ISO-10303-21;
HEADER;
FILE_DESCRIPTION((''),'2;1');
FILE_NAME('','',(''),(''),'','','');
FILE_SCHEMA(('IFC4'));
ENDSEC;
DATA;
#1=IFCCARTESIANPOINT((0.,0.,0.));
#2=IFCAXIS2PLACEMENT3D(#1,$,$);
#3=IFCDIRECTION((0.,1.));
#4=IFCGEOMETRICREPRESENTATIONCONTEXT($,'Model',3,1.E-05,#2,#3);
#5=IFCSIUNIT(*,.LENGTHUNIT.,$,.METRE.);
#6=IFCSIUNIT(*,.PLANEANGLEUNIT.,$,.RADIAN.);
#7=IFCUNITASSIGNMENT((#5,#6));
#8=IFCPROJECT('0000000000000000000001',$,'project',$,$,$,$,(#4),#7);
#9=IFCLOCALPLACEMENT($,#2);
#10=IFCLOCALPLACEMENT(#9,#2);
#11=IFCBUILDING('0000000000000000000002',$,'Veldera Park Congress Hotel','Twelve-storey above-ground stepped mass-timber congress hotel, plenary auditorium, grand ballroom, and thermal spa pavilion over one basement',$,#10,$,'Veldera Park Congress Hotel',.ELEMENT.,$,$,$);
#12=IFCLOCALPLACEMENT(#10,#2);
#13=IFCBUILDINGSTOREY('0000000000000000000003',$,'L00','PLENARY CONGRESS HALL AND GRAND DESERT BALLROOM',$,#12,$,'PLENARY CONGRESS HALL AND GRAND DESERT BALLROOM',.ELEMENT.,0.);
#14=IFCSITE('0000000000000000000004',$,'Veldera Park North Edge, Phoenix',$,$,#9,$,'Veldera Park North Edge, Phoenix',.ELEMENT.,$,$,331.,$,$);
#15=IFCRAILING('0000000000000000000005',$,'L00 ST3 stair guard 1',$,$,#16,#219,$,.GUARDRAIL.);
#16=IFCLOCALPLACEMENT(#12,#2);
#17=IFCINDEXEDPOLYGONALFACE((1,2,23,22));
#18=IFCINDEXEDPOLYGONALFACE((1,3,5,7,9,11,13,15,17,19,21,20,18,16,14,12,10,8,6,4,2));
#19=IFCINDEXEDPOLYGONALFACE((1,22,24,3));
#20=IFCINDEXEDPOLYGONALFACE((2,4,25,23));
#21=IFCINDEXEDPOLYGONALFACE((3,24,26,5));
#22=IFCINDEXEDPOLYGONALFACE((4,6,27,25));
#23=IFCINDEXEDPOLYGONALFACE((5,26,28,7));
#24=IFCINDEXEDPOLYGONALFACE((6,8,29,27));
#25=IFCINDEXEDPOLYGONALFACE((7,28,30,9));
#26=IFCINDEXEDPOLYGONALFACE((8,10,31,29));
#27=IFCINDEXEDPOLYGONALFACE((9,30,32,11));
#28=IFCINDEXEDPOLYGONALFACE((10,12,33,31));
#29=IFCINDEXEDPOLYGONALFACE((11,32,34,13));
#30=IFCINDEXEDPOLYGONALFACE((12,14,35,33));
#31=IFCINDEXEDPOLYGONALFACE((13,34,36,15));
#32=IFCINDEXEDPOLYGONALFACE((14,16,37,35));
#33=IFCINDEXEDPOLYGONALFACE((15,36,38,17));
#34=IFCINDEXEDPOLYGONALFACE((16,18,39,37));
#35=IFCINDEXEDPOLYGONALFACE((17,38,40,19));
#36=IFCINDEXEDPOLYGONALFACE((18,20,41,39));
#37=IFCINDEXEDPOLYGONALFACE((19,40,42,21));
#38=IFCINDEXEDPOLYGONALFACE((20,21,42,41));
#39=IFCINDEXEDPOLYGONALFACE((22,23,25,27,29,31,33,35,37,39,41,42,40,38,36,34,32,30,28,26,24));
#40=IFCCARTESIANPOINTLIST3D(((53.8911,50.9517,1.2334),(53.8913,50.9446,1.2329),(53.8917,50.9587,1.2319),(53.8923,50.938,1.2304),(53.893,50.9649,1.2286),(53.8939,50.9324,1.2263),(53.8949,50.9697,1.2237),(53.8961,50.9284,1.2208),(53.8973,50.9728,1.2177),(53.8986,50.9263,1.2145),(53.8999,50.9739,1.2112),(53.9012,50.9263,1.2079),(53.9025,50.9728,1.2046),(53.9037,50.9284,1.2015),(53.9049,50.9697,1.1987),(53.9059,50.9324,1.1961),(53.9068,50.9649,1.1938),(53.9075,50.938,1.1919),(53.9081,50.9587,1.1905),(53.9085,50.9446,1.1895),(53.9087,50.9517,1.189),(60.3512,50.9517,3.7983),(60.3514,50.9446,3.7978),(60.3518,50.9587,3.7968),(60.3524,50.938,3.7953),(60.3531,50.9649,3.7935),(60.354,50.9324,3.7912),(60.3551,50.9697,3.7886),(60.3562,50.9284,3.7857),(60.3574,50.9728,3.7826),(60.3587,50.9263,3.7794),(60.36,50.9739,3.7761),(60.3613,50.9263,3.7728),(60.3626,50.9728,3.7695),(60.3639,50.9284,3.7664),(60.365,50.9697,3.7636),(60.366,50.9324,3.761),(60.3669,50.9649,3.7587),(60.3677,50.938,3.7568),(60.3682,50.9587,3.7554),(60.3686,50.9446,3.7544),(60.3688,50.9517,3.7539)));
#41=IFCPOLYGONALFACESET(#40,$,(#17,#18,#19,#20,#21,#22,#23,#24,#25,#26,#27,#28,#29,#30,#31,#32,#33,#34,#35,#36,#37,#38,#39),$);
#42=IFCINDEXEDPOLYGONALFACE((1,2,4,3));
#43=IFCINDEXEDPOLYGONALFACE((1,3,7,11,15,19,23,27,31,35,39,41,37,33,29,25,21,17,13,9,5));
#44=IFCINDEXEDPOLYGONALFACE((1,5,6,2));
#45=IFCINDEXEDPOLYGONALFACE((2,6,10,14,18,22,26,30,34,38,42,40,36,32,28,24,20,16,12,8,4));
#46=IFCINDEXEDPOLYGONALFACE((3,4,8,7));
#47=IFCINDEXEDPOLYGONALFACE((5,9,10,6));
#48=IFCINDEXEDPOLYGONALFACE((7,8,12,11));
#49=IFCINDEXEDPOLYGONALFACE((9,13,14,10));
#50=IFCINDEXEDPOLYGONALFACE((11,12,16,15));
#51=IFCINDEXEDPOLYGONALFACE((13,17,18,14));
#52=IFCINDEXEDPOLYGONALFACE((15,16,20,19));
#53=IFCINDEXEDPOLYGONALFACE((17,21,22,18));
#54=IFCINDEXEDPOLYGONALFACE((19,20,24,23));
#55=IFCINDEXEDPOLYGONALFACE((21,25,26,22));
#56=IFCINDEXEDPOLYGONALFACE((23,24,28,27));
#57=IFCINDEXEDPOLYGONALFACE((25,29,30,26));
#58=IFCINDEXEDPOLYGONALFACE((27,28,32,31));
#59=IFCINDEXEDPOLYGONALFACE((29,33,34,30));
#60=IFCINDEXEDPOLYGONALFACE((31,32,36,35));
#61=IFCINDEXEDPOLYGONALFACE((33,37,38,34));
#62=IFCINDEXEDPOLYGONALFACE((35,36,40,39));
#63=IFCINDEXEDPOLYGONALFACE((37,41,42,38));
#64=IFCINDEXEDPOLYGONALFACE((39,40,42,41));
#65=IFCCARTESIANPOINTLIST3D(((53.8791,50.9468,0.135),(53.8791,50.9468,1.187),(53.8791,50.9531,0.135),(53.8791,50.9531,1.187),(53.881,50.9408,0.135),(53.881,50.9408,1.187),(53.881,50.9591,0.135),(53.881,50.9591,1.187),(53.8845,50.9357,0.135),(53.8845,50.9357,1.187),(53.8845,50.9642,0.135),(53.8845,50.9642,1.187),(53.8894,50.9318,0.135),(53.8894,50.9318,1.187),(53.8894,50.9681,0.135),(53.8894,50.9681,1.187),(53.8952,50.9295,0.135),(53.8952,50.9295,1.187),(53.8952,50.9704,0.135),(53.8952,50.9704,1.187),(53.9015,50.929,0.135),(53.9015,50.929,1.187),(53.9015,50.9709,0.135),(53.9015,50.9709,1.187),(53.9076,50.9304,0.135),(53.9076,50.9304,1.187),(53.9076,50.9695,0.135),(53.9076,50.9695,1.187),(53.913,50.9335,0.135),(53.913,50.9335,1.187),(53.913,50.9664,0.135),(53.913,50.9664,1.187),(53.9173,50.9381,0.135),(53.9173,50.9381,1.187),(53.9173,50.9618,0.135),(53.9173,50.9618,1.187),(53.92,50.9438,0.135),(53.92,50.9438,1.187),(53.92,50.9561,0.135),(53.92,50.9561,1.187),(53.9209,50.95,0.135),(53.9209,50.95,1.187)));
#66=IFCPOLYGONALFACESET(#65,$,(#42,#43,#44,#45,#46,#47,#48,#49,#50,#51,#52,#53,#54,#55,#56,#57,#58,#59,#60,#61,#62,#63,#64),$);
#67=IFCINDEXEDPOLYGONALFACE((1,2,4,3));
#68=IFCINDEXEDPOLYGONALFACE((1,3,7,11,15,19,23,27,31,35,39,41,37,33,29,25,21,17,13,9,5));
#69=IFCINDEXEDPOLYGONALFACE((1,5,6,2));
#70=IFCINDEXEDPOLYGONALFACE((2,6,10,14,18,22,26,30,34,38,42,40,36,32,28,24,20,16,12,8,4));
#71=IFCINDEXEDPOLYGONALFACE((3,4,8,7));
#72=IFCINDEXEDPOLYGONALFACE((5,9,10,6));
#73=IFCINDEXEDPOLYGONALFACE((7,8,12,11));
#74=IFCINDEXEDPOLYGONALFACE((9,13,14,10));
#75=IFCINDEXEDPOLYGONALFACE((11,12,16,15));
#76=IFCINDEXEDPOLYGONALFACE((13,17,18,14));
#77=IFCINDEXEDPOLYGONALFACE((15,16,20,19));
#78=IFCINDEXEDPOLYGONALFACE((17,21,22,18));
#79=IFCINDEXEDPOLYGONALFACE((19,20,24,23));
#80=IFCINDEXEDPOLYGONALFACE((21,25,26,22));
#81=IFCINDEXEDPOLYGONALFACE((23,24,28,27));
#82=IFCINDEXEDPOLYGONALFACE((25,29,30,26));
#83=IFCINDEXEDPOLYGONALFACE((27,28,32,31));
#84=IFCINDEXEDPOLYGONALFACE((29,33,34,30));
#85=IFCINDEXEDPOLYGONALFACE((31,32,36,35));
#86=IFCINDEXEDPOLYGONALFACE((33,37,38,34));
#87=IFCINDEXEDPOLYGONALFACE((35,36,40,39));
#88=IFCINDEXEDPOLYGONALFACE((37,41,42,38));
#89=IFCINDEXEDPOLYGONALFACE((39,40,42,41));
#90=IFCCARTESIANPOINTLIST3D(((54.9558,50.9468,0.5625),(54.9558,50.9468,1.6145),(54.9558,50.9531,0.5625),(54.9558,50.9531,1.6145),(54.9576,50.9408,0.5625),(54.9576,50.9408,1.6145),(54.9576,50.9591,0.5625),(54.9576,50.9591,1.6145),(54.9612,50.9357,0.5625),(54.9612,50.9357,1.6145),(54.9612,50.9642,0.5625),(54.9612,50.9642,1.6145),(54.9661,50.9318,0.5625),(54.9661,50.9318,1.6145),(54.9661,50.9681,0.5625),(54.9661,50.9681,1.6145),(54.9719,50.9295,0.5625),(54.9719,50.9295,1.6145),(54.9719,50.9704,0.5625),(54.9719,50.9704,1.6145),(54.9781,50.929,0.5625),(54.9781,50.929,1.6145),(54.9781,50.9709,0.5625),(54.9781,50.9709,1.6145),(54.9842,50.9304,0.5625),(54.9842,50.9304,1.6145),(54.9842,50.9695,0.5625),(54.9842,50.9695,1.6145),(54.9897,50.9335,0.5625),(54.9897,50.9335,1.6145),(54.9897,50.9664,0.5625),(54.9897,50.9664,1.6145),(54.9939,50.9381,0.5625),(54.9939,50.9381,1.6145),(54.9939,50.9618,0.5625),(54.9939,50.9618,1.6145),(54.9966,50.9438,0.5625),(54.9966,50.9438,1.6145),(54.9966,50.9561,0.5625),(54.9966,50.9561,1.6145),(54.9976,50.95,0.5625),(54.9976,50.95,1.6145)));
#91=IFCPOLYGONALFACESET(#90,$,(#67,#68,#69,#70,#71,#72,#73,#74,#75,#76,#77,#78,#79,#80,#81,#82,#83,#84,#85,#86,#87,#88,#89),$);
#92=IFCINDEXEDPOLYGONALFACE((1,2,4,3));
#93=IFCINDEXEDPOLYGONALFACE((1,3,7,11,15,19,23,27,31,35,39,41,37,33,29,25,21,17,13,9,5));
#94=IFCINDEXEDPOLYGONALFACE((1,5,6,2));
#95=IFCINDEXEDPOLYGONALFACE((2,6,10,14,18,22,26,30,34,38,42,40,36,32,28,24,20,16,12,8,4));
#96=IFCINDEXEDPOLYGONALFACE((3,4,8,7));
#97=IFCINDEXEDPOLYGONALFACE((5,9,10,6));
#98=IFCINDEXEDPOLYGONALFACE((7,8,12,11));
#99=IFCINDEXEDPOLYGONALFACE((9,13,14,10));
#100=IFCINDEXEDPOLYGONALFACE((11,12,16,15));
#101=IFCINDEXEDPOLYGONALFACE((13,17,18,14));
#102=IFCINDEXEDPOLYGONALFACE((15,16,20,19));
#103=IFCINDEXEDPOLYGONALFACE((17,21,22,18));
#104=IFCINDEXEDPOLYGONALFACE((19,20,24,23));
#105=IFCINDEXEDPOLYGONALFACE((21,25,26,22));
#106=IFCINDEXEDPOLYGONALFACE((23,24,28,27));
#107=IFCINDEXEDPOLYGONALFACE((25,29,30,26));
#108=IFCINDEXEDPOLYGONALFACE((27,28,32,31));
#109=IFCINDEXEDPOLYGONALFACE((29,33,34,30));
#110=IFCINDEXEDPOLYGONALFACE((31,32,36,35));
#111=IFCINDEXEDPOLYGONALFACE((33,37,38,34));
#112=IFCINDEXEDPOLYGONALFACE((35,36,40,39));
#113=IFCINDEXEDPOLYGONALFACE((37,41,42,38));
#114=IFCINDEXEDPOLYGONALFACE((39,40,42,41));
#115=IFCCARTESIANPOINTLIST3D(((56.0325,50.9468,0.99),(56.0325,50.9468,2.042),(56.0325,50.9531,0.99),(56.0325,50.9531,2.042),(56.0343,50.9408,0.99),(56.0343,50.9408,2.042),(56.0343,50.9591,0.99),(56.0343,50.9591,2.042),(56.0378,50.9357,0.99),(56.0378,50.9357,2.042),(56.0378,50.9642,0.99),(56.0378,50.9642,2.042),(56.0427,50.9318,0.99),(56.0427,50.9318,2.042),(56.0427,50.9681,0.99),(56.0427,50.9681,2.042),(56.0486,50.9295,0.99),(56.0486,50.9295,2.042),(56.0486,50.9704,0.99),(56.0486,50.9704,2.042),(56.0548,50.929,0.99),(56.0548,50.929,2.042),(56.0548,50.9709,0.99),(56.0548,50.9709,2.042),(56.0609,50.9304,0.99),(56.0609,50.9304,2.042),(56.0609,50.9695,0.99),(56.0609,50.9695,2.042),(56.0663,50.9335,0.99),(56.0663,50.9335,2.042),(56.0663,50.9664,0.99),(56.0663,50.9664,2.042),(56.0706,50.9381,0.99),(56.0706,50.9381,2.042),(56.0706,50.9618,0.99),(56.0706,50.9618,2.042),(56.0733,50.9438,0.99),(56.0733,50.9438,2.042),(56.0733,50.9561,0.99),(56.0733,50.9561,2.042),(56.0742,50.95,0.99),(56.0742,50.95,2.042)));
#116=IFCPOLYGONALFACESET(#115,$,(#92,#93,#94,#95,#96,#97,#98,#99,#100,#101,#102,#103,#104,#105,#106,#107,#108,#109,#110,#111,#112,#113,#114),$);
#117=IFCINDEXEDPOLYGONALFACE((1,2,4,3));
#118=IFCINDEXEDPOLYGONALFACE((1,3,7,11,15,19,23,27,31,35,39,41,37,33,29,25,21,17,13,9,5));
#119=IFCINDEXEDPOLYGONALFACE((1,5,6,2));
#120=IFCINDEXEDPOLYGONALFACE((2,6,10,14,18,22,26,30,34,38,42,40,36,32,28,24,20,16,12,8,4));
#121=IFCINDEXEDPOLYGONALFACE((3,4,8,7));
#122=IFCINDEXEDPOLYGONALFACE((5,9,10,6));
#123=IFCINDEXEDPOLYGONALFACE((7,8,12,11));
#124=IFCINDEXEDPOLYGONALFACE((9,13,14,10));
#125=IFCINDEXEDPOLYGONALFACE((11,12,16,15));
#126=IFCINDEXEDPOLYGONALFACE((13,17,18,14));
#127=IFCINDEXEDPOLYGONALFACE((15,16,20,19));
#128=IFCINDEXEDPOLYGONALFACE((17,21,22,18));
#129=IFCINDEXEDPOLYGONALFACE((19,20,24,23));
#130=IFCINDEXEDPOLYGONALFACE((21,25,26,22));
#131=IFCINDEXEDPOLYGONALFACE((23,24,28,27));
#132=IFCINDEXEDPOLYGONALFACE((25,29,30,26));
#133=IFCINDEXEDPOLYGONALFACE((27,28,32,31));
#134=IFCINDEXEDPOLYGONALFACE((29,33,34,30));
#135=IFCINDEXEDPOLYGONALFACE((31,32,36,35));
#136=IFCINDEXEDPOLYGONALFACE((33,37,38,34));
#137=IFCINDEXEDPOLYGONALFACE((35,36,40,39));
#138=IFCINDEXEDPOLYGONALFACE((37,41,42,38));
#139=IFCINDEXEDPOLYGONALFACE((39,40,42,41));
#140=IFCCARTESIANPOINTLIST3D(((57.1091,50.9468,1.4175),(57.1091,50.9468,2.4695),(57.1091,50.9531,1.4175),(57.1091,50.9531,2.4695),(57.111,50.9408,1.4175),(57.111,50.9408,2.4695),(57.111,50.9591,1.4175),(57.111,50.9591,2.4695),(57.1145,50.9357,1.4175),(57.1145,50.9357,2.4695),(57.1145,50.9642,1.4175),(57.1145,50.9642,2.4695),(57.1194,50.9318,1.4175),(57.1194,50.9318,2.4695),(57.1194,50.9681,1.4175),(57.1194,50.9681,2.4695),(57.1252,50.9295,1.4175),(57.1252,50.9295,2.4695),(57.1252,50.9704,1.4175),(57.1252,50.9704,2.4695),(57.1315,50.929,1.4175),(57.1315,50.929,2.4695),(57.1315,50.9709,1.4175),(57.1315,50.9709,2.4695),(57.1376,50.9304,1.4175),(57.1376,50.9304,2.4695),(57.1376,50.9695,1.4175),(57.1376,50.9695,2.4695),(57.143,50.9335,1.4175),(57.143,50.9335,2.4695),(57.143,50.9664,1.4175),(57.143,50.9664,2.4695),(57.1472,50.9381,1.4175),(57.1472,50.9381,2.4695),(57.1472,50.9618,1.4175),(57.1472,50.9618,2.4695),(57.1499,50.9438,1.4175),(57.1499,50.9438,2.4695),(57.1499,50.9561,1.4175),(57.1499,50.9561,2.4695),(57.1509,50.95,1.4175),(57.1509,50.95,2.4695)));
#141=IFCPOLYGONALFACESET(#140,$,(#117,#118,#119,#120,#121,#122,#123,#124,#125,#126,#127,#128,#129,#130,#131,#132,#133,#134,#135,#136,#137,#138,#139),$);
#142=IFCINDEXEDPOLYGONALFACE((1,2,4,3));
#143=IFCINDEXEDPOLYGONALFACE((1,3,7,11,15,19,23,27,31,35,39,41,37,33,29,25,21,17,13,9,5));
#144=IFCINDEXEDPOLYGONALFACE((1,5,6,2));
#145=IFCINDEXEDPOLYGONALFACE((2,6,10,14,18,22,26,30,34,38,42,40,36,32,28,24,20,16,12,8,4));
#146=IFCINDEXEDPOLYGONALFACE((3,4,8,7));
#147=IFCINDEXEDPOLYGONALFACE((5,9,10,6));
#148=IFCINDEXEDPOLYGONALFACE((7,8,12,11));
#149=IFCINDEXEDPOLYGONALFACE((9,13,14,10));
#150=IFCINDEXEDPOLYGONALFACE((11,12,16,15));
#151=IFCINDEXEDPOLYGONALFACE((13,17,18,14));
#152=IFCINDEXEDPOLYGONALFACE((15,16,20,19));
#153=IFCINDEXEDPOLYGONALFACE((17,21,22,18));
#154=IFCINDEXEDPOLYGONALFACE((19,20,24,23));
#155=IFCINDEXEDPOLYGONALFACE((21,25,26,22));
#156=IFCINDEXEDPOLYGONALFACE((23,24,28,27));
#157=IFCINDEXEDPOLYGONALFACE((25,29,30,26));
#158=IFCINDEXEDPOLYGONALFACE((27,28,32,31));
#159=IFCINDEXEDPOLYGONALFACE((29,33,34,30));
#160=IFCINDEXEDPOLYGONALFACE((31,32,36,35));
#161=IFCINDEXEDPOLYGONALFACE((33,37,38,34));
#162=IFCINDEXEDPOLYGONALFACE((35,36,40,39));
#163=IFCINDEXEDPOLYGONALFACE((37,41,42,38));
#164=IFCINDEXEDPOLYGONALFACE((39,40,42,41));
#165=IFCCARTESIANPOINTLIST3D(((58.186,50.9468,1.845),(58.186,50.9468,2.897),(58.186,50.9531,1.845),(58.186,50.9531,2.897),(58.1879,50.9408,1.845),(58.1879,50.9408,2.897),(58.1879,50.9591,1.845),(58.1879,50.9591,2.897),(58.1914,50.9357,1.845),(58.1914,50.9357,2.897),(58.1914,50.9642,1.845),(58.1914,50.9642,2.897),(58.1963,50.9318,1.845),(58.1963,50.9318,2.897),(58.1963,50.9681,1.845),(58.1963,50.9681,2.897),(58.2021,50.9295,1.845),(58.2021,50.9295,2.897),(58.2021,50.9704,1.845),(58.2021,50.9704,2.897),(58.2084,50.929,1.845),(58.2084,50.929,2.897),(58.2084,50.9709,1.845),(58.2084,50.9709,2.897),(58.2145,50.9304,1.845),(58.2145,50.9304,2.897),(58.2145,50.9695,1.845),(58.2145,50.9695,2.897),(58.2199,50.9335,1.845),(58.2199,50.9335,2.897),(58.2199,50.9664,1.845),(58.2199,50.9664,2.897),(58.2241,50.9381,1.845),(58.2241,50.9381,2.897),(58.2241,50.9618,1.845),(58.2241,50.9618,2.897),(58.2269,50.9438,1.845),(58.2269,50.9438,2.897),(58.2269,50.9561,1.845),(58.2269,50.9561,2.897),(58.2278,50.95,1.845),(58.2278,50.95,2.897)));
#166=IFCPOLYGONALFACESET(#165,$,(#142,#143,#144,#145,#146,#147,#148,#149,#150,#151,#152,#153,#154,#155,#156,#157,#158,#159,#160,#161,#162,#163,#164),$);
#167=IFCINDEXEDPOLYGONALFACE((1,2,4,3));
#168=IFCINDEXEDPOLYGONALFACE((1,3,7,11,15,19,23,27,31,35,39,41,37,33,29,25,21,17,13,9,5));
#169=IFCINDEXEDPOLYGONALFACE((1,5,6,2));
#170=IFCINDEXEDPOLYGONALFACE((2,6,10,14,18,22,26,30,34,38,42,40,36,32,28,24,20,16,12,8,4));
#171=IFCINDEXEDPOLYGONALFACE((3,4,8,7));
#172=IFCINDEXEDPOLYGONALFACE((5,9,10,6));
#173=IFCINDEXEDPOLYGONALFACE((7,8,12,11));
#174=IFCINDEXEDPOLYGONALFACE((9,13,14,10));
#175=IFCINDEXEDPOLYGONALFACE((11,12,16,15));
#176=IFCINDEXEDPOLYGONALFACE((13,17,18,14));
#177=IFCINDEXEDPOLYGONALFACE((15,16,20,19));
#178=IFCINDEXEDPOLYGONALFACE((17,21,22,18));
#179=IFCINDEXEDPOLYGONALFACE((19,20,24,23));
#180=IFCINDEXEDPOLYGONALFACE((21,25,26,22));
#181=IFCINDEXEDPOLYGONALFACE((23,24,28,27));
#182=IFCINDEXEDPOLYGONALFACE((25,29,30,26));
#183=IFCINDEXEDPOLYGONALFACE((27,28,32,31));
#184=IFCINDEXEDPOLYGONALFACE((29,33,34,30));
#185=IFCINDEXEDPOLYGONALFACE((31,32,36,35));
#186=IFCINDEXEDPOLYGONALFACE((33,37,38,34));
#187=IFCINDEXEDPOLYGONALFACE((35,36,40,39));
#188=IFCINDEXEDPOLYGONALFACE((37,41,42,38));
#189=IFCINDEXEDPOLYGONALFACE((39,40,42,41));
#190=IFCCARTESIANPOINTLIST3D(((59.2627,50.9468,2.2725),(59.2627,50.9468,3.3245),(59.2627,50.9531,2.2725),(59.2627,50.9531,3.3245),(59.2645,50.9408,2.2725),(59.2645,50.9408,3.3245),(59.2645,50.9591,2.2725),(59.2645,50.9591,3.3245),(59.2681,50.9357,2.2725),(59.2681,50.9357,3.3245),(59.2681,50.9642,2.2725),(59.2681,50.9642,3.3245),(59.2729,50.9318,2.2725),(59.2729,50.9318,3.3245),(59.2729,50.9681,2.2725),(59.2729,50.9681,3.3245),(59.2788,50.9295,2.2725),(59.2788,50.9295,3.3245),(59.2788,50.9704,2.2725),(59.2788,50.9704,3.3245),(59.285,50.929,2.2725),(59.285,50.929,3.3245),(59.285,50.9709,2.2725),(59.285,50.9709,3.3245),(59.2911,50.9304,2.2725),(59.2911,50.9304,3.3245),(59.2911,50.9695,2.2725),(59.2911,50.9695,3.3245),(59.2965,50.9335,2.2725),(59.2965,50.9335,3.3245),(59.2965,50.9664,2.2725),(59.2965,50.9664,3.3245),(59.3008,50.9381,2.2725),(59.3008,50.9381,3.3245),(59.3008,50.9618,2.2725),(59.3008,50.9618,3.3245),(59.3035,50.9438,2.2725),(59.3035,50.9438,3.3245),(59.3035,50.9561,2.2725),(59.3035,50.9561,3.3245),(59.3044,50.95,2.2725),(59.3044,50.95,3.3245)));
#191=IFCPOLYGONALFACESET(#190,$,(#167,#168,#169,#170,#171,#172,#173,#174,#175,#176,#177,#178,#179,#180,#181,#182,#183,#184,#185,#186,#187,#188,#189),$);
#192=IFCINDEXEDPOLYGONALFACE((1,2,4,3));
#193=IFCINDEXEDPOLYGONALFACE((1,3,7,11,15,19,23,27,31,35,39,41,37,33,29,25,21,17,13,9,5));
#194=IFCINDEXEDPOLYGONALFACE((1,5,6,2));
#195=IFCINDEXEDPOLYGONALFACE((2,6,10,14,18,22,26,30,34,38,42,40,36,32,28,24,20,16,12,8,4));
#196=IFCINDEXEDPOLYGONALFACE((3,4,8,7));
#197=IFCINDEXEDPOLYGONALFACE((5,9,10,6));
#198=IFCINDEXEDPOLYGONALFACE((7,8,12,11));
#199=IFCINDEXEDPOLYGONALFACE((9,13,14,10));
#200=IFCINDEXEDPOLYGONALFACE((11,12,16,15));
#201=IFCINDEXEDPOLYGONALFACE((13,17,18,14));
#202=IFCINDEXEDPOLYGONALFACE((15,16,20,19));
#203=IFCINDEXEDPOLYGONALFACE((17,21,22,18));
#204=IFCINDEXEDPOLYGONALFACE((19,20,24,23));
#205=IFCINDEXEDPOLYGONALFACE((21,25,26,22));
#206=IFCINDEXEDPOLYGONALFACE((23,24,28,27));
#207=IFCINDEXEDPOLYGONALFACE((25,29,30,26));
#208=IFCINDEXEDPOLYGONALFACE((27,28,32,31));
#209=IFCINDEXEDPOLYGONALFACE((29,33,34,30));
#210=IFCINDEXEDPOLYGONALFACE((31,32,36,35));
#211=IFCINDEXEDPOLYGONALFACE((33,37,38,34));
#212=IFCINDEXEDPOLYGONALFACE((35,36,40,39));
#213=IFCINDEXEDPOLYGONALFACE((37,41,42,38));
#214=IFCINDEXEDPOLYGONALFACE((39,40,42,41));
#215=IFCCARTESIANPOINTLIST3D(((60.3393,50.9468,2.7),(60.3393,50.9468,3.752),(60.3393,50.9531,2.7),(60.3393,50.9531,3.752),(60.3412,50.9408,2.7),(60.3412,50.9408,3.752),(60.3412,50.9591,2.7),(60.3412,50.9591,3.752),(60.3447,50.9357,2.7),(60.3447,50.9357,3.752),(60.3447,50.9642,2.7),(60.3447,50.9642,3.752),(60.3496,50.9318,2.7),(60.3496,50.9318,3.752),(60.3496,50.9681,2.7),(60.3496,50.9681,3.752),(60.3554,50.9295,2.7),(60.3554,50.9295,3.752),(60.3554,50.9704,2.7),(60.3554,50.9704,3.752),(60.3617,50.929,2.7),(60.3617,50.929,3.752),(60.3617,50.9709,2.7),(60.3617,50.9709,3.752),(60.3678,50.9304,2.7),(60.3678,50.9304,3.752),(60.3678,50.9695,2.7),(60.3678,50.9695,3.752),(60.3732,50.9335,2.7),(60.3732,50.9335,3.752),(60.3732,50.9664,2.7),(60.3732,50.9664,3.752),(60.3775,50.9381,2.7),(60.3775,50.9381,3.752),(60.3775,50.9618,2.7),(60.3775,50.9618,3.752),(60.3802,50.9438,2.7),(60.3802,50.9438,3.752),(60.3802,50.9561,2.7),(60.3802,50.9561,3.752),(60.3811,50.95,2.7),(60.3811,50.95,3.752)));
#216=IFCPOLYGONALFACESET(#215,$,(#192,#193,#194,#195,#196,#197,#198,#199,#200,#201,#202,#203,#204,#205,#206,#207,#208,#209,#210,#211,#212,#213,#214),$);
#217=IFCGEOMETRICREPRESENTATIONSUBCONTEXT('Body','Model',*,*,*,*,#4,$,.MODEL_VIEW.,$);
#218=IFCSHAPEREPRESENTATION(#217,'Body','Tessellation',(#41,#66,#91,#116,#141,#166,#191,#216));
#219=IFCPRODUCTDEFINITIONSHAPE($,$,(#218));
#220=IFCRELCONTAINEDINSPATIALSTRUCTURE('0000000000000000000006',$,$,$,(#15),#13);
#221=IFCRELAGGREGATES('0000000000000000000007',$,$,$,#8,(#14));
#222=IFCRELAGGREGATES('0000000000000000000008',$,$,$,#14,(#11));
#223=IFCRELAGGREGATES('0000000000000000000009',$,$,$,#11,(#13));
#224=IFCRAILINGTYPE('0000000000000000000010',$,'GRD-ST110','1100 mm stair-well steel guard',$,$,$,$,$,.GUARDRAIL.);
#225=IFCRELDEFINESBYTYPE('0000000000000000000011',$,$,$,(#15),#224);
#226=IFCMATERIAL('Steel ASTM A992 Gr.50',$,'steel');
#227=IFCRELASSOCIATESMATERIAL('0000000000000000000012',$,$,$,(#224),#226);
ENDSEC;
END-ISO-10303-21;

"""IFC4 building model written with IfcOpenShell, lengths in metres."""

from ifc_helpers import new_model, si_unit, direction, frame, origin, origin_2d, place, context, subcontext, project, spatial, circle, extrude, material, type_object, element, save


model = new_model("IFC4")

# Units and contexts
model_context = context("Model", 3, precision=1e-05, world=origin(), true_north=direction((0.0, 1.0)))
body_context = subcontext(model_context, "Body", "Model", "MODEL_VIEW")
ifc_project = project(units=[si_unit("LENGTHUNIT", "METRE"), si_unit("PLANEANGLEUNIT", "RADIAN")], contexts=[model_context])

# Site, building, storey
site_placement = place(None, origin())
site = spatial("IfcSite", under=ifc_project, at=site_placement, Name="Veldera Park North Edge, Phoenix", LongName="Veldera Park North Edge, Phoenix", CompositionType="ELEMENT", RefElevation=331.0)
building_placement = place(site_placement, origin())
building = spatial("IfcBuilding", under=site, at=building_placement, Name="Veldera Park Congress Hotel", Description="Twelve-storey above-ground stepped mass-timber congress hotel, plenary auditorium, grand ballroom, and thermal spa pavilion over one basement", LongName="Veldera Park Congress Hotel", CompositionType="ELEMENT")
storey_placement = place(building_placement, origin())
storey = spatial("IfcBuildingStorey", under=building, at=storey_placement, Name="L00", Description="PLENARY CONGRESS HALL AND GRAND DESERT BALLROOM", LongName="PLENARY CONGRESS HALL AND GRAND DESERT BALLROOM", CompositionType="ELEMENT", Elevation=0.0)

# Shared definitions
ifc_material_1 = material(Name="Steel ASTM A992 Gr.50", Category="steel")

# Railing
railing_type_1 = type_object("IfcRailingType", Name="GRD-ST110", Description="1100 mm stair-well steel guard", PredefinedType="GUARDRAIL", material=ifc_material_1)
railing_1_placement = place(storey_placement, frame((53.8999, 50.95, 0.135)))
element("IfcRailing", 1, at=railing_1_placement, inside=storey, type_object=railing_type_1, Name="L00 ST3 stair guard 1", PredefinedType="GUARDRAIL", context=body_context, shape_type="SweptSolid", body=[
    extrude(circle(Radius=0.0239, at=origin_2d()), frame((0.0, 0.0, 1.0762), z_axis=(0.929423, 0.0, 0.369016), x_axis=(0.0, 1.0, 0.0)), (0.0, 0.0, 1.0), 6.9507),
    extrude(circle(Radius=0.021, at=origin_2d()), origin(), (0.0, 0.0, 1.0), 1.052),
    extrude(circle(Radius=0.021, at=origin_2d()), frame((1.0767, 0.0, 0.4275)), (0.0, 0.0, 1.0), 1.052),
    extrude(circle(Radius=0.021, at=origin_2d()), frame((2.1533, 0.0, 0.855)), (0.0, 0.0, 1.0), 1.052),
    extrude(circle(Radius=0.021, at=origin_2d()), frame((3.23, 0.0, 1.2825)), (0.0, 0.0, 1.0), 1.052),
    extrude(circle(Radius=0.021, at=origin_2d()), frame((4.3069, 0.0, 1.71)), (0.0, 0.0, 1.0), 1.052),
    extrude(circle(Radius=0.021, at=origin_2d()), frame((5.3835, 0.0, 2.1375)), (0.0, 0.0, 1.0), 1.052),
    extrude(circle(Radius=0.021, at=origin_2d()), frame((6.4602, 0.0, 2.5649)), (0.0, 0.0, 1.0), 1.052),
])

save(model, "model.ifc")
